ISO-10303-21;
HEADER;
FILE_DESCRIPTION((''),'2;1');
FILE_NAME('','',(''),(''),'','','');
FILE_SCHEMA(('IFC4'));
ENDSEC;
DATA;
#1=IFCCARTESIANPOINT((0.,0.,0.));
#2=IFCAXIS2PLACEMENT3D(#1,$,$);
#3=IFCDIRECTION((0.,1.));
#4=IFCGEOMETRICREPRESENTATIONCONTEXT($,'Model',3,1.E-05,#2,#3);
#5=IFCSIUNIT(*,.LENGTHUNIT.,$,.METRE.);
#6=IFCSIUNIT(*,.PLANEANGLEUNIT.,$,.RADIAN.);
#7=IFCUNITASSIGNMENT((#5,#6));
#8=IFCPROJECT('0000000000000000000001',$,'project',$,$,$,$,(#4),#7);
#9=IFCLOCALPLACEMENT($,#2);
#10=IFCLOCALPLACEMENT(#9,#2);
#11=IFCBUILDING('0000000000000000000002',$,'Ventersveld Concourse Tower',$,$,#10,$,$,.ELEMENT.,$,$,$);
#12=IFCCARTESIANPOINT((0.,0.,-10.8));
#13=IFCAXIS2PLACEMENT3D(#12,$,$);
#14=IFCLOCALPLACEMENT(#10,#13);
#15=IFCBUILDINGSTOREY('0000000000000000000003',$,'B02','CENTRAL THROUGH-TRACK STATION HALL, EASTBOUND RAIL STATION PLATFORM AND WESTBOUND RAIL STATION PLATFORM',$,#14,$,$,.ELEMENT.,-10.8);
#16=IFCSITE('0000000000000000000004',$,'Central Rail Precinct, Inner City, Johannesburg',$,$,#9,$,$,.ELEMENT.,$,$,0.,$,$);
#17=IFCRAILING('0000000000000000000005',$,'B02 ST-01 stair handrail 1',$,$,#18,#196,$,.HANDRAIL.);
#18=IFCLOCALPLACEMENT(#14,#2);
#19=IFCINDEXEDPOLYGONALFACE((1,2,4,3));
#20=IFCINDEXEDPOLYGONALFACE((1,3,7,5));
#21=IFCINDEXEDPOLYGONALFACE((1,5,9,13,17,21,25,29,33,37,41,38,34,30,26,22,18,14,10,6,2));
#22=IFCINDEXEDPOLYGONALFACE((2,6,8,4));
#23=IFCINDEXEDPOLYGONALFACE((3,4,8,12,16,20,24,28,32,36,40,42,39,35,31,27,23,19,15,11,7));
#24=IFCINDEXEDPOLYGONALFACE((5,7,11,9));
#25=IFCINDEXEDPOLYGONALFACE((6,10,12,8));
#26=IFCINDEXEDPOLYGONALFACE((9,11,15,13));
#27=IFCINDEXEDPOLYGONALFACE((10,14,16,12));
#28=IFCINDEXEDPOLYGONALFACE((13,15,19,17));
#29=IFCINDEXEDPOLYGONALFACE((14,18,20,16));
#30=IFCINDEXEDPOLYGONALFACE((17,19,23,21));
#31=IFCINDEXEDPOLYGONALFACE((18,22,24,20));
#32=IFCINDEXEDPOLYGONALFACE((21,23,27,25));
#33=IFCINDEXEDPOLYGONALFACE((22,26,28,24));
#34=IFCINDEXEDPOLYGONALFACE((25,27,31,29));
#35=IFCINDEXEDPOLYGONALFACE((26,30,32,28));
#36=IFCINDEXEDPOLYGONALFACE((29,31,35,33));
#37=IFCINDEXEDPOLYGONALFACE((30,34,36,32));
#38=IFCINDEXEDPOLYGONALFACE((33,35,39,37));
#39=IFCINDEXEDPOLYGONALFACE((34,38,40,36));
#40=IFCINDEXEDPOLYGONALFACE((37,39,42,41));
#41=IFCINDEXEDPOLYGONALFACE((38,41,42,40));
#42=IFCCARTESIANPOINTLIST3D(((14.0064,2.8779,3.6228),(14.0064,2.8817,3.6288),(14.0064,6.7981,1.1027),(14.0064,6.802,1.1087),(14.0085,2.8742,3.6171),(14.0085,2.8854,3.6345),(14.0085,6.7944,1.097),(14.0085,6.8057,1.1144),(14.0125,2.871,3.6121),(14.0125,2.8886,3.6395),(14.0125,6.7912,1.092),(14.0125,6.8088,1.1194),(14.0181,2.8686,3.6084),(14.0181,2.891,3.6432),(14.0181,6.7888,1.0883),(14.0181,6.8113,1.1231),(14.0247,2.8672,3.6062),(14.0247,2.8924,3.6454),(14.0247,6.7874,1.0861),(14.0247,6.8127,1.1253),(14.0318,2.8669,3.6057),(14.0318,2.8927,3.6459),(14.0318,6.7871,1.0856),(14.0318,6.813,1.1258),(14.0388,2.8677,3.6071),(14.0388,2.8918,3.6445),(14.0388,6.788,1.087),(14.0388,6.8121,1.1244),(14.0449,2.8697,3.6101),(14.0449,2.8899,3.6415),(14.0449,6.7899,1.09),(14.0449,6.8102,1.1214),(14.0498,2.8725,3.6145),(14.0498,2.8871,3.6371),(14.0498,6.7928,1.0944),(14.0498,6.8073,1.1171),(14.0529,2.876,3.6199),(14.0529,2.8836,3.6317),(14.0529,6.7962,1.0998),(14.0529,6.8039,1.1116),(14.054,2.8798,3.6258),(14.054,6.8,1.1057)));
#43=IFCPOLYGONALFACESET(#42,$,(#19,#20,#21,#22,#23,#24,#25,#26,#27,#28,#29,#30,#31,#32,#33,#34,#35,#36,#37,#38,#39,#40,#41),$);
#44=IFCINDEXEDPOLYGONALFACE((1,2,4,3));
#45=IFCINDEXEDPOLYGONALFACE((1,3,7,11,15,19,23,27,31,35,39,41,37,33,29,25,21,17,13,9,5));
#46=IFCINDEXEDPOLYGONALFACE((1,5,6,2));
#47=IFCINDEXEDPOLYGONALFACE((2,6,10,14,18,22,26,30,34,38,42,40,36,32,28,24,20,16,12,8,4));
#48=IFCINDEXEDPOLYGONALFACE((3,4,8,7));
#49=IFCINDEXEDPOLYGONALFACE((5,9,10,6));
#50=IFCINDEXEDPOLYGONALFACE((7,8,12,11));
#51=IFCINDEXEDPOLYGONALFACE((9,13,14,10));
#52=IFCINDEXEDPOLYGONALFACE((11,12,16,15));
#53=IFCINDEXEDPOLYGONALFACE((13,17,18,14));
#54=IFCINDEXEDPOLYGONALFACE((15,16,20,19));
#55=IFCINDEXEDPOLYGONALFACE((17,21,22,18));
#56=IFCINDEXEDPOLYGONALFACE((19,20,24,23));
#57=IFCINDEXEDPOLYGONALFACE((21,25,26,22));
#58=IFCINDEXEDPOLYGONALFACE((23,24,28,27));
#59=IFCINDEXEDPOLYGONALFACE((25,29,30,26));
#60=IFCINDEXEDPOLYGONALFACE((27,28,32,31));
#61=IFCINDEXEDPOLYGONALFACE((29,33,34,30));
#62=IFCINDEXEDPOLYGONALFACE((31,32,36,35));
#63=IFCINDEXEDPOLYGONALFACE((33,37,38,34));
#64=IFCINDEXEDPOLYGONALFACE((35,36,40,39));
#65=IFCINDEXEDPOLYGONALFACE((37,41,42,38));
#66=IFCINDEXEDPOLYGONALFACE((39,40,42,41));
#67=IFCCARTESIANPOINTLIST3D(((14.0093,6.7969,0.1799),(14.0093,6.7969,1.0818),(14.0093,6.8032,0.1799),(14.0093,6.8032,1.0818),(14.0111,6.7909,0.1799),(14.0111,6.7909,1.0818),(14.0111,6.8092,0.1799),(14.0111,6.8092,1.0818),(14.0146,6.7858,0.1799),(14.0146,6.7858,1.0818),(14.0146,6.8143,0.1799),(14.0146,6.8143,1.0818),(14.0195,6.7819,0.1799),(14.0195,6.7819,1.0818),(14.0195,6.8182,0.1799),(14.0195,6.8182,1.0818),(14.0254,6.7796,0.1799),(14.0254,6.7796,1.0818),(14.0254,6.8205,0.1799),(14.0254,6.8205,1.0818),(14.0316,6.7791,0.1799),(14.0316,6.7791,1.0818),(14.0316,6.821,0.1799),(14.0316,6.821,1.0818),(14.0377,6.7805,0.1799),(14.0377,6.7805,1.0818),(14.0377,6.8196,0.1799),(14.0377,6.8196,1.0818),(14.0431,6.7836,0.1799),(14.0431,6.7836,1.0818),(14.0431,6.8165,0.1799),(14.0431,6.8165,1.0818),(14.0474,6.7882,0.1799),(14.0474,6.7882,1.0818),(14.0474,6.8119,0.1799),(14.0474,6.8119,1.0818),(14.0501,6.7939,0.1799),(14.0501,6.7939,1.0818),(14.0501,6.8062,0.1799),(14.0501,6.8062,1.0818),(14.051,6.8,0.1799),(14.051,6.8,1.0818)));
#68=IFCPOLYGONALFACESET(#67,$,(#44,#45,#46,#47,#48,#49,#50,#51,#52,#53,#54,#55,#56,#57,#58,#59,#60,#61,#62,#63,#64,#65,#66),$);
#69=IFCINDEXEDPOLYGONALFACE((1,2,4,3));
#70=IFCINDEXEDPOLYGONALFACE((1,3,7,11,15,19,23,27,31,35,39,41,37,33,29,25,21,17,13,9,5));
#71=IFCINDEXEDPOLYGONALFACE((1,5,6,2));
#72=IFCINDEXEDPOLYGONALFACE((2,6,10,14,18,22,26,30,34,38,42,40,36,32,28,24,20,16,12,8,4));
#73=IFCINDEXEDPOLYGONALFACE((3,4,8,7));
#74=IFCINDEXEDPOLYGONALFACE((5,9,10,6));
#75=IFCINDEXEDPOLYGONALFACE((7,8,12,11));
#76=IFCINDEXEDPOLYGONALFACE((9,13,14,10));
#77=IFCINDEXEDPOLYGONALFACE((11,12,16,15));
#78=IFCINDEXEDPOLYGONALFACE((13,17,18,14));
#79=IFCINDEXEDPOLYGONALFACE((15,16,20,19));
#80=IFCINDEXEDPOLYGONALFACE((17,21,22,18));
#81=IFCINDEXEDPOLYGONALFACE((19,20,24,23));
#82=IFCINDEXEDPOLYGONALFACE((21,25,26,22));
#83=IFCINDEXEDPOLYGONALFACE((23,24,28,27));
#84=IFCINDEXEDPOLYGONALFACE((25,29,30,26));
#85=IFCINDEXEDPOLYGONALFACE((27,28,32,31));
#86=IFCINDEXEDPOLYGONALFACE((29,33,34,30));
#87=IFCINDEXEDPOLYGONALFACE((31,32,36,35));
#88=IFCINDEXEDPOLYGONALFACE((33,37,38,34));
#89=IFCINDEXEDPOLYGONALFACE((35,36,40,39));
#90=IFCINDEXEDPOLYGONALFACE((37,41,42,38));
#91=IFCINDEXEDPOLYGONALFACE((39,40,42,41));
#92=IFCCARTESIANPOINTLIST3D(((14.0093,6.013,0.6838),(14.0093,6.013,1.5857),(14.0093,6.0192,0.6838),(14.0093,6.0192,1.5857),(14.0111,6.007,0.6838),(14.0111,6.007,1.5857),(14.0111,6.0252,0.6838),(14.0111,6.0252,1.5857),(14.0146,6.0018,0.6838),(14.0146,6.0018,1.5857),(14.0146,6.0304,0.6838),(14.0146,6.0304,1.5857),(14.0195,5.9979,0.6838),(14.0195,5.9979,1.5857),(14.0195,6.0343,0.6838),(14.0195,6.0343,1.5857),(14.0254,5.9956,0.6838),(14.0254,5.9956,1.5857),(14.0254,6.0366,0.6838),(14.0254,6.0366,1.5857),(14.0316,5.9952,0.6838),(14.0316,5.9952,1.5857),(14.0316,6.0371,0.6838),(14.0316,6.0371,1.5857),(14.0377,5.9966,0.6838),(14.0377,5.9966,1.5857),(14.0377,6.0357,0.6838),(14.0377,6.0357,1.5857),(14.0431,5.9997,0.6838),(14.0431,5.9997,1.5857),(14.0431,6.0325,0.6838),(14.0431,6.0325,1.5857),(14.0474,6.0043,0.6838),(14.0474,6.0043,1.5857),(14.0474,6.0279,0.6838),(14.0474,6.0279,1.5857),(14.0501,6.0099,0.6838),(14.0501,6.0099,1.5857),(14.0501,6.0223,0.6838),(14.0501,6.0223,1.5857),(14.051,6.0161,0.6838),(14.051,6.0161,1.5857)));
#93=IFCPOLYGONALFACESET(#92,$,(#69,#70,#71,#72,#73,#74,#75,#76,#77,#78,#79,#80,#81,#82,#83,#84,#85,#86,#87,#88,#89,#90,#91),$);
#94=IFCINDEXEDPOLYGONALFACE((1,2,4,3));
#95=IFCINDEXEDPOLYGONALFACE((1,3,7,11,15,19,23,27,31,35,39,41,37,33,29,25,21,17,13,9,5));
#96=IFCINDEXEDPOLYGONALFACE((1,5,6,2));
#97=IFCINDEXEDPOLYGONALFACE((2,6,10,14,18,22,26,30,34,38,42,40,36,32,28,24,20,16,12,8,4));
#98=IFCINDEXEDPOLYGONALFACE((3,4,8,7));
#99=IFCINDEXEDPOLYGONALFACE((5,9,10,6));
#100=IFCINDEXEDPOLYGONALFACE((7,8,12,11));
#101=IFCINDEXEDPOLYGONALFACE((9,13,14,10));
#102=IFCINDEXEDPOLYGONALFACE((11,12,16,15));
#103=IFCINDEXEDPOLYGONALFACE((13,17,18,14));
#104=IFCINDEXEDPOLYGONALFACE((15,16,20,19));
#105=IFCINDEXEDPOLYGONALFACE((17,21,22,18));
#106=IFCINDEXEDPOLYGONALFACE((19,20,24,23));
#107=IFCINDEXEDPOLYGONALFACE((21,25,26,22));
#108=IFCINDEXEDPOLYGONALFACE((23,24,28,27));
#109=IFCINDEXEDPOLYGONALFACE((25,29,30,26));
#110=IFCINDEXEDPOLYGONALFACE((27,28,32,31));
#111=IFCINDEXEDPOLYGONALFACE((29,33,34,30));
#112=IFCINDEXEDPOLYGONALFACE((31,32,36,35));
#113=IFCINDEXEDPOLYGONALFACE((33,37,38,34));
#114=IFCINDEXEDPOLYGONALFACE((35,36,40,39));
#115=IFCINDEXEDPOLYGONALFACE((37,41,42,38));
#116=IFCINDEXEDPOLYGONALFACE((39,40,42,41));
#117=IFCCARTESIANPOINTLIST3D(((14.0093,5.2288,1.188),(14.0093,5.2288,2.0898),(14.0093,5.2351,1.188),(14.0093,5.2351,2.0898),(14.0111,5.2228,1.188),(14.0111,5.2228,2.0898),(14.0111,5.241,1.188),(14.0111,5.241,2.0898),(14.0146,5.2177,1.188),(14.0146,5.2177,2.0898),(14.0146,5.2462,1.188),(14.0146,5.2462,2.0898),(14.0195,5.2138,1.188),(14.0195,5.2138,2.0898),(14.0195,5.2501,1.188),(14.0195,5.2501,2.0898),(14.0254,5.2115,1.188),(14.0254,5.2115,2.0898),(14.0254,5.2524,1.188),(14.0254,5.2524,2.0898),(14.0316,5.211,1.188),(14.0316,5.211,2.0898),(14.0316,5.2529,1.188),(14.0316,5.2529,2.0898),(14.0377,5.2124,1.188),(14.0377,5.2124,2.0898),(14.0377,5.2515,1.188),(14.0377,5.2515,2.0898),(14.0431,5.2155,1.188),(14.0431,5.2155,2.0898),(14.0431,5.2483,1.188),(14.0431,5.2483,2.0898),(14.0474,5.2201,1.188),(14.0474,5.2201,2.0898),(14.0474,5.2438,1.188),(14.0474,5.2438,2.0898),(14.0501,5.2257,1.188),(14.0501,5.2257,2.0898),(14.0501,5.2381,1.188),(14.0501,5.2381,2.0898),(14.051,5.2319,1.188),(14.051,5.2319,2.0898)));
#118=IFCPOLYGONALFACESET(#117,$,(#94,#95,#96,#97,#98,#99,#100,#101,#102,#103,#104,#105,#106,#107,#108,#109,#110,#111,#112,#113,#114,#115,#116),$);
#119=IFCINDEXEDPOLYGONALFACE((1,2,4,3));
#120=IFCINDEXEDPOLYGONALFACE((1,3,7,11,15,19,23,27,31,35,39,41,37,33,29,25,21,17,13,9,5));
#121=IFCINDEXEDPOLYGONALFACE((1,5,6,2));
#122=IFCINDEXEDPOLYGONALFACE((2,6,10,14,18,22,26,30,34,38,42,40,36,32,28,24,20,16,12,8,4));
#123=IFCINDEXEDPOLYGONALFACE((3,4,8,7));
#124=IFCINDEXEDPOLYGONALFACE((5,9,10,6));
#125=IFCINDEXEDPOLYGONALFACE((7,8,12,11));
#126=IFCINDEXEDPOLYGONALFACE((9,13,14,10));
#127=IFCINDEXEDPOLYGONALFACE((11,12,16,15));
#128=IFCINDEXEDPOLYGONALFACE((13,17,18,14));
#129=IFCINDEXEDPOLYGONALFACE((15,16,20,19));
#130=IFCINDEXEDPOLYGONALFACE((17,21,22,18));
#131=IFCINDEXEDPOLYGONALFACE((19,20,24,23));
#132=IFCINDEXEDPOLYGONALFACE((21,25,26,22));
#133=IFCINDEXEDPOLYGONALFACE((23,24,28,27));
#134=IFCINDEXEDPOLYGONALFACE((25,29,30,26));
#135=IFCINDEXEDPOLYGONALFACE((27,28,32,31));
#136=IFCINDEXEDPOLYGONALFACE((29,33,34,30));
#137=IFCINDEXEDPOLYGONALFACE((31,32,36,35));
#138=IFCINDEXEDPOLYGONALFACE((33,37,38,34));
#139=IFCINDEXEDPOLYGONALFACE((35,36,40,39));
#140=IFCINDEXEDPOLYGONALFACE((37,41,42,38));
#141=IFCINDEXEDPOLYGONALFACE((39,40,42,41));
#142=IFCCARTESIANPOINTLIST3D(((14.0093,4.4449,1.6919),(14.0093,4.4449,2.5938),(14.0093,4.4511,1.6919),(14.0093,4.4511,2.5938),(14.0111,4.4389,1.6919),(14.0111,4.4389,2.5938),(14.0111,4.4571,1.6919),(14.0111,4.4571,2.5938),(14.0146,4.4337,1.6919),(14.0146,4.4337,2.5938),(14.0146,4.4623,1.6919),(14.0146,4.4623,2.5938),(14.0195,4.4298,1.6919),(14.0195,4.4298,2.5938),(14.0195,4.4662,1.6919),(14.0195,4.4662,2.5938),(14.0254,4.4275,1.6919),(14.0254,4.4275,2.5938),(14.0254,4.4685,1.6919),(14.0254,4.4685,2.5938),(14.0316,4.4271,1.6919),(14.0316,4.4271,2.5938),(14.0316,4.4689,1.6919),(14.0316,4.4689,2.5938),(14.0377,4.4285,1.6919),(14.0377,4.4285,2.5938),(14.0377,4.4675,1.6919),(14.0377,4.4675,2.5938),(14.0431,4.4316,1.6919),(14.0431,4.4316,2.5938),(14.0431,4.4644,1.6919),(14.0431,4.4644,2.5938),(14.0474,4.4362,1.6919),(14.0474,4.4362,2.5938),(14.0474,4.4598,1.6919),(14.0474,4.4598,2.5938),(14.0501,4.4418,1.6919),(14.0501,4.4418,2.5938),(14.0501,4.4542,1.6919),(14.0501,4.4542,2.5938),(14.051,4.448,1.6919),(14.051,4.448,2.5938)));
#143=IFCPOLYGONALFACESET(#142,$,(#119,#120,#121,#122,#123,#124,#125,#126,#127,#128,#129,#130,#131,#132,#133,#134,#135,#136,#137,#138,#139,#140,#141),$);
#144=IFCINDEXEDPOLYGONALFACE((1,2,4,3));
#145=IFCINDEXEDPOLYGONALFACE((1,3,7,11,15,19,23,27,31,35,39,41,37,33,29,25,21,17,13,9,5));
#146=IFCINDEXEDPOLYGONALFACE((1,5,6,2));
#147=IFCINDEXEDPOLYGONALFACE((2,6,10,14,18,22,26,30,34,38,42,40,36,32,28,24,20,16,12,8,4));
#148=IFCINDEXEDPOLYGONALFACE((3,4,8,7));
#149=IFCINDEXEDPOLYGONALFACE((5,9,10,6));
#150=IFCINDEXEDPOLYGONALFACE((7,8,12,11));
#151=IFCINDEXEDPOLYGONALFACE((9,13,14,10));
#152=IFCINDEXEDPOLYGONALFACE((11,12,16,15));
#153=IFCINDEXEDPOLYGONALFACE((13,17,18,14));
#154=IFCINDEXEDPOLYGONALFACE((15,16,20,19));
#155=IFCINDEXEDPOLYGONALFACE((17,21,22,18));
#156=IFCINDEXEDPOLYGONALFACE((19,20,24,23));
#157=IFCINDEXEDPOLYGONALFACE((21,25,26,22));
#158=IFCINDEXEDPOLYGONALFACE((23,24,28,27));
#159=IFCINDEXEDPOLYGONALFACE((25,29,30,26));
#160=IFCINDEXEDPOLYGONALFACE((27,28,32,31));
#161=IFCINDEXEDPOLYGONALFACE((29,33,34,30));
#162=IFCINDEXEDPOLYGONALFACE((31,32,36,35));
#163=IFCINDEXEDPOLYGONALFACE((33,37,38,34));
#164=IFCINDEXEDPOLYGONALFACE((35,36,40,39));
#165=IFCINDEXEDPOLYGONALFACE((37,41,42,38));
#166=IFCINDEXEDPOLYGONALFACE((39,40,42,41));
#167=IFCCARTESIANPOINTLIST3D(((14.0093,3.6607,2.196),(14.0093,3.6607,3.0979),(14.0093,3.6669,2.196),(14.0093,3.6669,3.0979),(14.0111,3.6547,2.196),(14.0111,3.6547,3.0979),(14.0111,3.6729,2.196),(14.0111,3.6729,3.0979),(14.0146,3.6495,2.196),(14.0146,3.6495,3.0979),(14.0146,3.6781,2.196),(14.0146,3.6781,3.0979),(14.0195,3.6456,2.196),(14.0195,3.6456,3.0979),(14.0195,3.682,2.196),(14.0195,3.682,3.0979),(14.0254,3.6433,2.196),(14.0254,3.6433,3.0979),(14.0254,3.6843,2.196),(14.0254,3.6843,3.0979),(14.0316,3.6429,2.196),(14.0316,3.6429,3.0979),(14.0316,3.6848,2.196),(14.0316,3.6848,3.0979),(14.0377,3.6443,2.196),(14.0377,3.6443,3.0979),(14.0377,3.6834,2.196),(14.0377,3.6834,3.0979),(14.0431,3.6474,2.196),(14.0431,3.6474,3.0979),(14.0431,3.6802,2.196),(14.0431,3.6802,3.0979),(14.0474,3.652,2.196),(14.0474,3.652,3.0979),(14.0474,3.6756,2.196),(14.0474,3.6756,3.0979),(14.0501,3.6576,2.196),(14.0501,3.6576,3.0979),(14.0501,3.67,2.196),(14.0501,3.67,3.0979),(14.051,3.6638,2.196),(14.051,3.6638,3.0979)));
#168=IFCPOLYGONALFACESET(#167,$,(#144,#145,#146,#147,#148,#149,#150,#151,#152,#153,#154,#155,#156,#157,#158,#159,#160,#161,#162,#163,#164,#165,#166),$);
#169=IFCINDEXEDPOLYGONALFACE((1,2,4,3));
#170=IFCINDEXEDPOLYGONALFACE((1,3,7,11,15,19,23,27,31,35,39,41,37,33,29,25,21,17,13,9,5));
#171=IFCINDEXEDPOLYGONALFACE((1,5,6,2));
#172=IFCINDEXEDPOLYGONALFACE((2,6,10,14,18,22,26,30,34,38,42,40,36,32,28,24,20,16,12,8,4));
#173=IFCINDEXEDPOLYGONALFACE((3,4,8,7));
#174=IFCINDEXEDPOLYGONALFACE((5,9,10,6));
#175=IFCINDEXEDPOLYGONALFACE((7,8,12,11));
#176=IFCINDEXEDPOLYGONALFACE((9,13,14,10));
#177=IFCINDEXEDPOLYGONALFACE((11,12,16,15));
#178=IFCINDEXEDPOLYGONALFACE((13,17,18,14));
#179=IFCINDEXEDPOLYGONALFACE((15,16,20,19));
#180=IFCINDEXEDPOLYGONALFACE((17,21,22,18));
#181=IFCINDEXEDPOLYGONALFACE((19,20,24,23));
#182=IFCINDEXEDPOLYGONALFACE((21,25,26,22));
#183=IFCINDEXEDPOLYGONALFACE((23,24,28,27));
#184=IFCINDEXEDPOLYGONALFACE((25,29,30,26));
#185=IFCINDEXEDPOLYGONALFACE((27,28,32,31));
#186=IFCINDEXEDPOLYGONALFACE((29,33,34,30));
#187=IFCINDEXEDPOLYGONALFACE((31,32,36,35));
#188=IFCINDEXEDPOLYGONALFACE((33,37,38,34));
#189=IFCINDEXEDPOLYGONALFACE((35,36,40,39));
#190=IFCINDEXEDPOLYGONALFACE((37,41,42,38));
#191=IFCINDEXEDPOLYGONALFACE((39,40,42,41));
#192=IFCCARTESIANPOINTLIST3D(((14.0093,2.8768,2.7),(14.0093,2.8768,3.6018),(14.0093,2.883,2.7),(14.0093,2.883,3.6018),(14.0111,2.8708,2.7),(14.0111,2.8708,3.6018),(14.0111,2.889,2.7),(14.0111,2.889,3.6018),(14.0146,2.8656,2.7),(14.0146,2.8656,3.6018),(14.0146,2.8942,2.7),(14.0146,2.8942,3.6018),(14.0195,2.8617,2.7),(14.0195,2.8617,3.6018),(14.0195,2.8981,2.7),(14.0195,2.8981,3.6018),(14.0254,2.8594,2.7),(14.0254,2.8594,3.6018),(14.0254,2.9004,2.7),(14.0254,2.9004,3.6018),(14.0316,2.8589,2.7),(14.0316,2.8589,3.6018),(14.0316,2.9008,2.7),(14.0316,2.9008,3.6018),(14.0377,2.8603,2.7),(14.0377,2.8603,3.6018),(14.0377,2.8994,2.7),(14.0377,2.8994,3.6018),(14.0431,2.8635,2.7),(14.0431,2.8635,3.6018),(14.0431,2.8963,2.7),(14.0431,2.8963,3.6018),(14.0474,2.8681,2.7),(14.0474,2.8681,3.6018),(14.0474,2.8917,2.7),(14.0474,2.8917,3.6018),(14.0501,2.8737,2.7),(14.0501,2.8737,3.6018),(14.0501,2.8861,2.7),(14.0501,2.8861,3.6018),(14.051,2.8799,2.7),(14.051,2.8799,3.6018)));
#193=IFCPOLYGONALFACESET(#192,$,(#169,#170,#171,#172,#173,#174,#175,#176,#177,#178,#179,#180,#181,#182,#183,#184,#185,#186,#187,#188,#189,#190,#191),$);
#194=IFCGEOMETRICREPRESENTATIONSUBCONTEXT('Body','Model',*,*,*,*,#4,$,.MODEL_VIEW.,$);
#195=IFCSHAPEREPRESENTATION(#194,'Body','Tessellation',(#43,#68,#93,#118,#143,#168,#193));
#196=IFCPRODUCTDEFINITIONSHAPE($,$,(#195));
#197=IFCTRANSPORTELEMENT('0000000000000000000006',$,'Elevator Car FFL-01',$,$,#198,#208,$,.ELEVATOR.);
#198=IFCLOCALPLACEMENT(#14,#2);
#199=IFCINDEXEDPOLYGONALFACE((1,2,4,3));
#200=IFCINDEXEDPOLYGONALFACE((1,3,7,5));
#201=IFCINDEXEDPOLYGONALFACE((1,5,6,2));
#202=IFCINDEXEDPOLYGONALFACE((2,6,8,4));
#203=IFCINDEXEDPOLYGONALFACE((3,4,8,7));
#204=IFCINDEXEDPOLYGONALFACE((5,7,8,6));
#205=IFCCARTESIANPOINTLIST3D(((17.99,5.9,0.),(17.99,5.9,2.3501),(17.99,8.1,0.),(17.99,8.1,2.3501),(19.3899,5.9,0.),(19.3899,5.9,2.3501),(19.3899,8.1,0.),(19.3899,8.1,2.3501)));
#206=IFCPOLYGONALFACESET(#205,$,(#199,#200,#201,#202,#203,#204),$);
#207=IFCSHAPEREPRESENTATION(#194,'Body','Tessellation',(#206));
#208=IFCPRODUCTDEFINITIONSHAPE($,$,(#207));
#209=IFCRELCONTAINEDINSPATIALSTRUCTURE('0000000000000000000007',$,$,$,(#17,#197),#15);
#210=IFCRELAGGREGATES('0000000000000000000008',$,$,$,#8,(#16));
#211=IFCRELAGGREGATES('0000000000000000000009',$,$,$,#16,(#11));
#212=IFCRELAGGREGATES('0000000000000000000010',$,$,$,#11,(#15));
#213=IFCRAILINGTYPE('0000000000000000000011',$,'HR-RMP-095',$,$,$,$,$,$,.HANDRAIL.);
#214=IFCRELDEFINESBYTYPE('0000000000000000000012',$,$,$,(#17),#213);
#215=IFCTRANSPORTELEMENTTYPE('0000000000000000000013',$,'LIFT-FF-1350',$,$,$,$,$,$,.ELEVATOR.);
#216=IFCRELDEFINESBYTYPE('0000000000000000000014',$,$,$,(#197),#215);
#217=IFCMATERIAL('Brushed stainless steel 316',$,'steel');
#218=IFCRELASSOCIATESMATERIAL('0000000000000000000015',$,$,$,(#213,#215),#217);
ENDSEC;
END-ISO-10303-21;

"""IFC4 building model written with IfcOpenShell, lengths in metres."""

from ifc_helpers import new_model, si_unit, direction, frame, origin, origin_2d, place, context, subcontext, project, spatial, rectangle, circle, extrude, material, type_object, element, save


model = new_model("IFC4")

# Units and contexts
model_context = context("Model", 3, precision=1e-05, world=origin(), true_north=direction((0.0, 1.0)))
body_context = subcontext(model_context, "Body", "Model", "MODEL_VIEW")
ifc_project = project(units=[si_unit("LENGTHUNIT", "METRE"), si_unit("PLANEANGLEUNIT", "RADIAN")], contexts=[model_context])

# Site, building, storey
site_placement = place(None, origin())
site = spatial("IfcSite", under=ifc_project, at=site_placement, Name="Central Rail Precinct, Inner City, Johannesburg", CompositionType="ELEMENT", RefElevation=0.0)
building_placement = place(site_placement, origin())
building = spatial("IfcBuilding", under=site, at=building_placement, Name="Ventersveld Concourse Tower", CompositionType="ELEMENT")
storey_placement = place(building_placement, frame((0.0, 0.0, -10.8)))
storey = spatial("IfcBuildingStorey", under=building, at=storey_placement, Name="B02", Description="CENTRAL THROUGH-TRACK STATION HALL, EASTBOUND RAIL STATION PLATFORM AND WESTBOUND RAIL STATION PLATFORM", CompositionType="ELEMENT", Elevation=-10.8)

# Shared definitions
ifc_material_1 = material(Name="Brushed stainless steel 316", Category="steel")

# Railing
railing_type_1 = type_object("IfcRailingType", Name="HR-RMP-095", PredefinedType="HANDRAIL", material=ifc_material_1)
railing_1_placement = place(storey_placement, frame((14.03, 6.8, 0.1799)))
element("IfcRailing", 1, at=railing_1_placement, inside=storey, type_object=railing_type_1, Name="B02 ST-01 stair handrail 1", PredefinedType="HANDRAIL", context=body_context, shape_type="SweptSolid", body=[
    extrude(circle(Radius=0.0239, at=origin_2d()), frame((0.0, 0.0, 0.9258), z_axis=(0.0, -0.841187, 0.540744), x_axis=(1.0, 0.0, 0.0)), (0.0, 0.0, 1.0), 4.6604),
    extrude(circle(Radius=0.021, at=origin_2d()), origin(), (0.0, 0.0, 1.0), 0.9019),
    extrude(circle(Radius=0.021, at=origin_2d()), frame((0.0, -0.7839, 0.5039)), (0.0, 0.0, 1.0), 0.9019),
    extrude(circle(Radius=0.021, at=origin_2d()), frame((0.0, -1.5681, 1.0081)), (0.0, 0.0, 1.0), 0.9019),
    extrude(circle(Radius=0.021, at=origin_2d()), frame((0.0, -2.3521, 1.512)), (0.0, 0.0, 1.0), 0.9019),
    extrude(circle(Radius=0.021, at=origin_2d()), frame((0.0, -3.1362, 2.0161)), (0.0, 0.0, 1.0), 0.9019),
    extrude(circle(Radius=0.021, at=origin_2d()), frame((0.0, -3.9202, 2.52)), (0.0, 0.0, 1.0), 0.9019),
])

# Transport element
transport_element_type = type_object("IfcTransportElementType", Name="LIFT-FF-1350", PredefinedType="ELEVATOR", material=ifc_material_1)
transport_element_placement = place(storey_placement, frame((18.6899, 7.0, 0.0), z_axis=(0.0, 0.0, 1.0), x_axis=(1.0, 0.0, 0.0)))
element("IfcTransportElement", 2, at=transport_element_placement, inside=storey, type_object=transport_element_type, Name="Elevator Car FFL-01", PredefinedType="ELEVATOR", context=body_context, shape_type="SweptSolid", body=[
    extrude(rectangle(XDim=1.3999, YDim=2.2, at=origin_2d()), origin(), (0.0, 0.0, 1.0), 2.3501),
])

save(model, "model.ifc")
